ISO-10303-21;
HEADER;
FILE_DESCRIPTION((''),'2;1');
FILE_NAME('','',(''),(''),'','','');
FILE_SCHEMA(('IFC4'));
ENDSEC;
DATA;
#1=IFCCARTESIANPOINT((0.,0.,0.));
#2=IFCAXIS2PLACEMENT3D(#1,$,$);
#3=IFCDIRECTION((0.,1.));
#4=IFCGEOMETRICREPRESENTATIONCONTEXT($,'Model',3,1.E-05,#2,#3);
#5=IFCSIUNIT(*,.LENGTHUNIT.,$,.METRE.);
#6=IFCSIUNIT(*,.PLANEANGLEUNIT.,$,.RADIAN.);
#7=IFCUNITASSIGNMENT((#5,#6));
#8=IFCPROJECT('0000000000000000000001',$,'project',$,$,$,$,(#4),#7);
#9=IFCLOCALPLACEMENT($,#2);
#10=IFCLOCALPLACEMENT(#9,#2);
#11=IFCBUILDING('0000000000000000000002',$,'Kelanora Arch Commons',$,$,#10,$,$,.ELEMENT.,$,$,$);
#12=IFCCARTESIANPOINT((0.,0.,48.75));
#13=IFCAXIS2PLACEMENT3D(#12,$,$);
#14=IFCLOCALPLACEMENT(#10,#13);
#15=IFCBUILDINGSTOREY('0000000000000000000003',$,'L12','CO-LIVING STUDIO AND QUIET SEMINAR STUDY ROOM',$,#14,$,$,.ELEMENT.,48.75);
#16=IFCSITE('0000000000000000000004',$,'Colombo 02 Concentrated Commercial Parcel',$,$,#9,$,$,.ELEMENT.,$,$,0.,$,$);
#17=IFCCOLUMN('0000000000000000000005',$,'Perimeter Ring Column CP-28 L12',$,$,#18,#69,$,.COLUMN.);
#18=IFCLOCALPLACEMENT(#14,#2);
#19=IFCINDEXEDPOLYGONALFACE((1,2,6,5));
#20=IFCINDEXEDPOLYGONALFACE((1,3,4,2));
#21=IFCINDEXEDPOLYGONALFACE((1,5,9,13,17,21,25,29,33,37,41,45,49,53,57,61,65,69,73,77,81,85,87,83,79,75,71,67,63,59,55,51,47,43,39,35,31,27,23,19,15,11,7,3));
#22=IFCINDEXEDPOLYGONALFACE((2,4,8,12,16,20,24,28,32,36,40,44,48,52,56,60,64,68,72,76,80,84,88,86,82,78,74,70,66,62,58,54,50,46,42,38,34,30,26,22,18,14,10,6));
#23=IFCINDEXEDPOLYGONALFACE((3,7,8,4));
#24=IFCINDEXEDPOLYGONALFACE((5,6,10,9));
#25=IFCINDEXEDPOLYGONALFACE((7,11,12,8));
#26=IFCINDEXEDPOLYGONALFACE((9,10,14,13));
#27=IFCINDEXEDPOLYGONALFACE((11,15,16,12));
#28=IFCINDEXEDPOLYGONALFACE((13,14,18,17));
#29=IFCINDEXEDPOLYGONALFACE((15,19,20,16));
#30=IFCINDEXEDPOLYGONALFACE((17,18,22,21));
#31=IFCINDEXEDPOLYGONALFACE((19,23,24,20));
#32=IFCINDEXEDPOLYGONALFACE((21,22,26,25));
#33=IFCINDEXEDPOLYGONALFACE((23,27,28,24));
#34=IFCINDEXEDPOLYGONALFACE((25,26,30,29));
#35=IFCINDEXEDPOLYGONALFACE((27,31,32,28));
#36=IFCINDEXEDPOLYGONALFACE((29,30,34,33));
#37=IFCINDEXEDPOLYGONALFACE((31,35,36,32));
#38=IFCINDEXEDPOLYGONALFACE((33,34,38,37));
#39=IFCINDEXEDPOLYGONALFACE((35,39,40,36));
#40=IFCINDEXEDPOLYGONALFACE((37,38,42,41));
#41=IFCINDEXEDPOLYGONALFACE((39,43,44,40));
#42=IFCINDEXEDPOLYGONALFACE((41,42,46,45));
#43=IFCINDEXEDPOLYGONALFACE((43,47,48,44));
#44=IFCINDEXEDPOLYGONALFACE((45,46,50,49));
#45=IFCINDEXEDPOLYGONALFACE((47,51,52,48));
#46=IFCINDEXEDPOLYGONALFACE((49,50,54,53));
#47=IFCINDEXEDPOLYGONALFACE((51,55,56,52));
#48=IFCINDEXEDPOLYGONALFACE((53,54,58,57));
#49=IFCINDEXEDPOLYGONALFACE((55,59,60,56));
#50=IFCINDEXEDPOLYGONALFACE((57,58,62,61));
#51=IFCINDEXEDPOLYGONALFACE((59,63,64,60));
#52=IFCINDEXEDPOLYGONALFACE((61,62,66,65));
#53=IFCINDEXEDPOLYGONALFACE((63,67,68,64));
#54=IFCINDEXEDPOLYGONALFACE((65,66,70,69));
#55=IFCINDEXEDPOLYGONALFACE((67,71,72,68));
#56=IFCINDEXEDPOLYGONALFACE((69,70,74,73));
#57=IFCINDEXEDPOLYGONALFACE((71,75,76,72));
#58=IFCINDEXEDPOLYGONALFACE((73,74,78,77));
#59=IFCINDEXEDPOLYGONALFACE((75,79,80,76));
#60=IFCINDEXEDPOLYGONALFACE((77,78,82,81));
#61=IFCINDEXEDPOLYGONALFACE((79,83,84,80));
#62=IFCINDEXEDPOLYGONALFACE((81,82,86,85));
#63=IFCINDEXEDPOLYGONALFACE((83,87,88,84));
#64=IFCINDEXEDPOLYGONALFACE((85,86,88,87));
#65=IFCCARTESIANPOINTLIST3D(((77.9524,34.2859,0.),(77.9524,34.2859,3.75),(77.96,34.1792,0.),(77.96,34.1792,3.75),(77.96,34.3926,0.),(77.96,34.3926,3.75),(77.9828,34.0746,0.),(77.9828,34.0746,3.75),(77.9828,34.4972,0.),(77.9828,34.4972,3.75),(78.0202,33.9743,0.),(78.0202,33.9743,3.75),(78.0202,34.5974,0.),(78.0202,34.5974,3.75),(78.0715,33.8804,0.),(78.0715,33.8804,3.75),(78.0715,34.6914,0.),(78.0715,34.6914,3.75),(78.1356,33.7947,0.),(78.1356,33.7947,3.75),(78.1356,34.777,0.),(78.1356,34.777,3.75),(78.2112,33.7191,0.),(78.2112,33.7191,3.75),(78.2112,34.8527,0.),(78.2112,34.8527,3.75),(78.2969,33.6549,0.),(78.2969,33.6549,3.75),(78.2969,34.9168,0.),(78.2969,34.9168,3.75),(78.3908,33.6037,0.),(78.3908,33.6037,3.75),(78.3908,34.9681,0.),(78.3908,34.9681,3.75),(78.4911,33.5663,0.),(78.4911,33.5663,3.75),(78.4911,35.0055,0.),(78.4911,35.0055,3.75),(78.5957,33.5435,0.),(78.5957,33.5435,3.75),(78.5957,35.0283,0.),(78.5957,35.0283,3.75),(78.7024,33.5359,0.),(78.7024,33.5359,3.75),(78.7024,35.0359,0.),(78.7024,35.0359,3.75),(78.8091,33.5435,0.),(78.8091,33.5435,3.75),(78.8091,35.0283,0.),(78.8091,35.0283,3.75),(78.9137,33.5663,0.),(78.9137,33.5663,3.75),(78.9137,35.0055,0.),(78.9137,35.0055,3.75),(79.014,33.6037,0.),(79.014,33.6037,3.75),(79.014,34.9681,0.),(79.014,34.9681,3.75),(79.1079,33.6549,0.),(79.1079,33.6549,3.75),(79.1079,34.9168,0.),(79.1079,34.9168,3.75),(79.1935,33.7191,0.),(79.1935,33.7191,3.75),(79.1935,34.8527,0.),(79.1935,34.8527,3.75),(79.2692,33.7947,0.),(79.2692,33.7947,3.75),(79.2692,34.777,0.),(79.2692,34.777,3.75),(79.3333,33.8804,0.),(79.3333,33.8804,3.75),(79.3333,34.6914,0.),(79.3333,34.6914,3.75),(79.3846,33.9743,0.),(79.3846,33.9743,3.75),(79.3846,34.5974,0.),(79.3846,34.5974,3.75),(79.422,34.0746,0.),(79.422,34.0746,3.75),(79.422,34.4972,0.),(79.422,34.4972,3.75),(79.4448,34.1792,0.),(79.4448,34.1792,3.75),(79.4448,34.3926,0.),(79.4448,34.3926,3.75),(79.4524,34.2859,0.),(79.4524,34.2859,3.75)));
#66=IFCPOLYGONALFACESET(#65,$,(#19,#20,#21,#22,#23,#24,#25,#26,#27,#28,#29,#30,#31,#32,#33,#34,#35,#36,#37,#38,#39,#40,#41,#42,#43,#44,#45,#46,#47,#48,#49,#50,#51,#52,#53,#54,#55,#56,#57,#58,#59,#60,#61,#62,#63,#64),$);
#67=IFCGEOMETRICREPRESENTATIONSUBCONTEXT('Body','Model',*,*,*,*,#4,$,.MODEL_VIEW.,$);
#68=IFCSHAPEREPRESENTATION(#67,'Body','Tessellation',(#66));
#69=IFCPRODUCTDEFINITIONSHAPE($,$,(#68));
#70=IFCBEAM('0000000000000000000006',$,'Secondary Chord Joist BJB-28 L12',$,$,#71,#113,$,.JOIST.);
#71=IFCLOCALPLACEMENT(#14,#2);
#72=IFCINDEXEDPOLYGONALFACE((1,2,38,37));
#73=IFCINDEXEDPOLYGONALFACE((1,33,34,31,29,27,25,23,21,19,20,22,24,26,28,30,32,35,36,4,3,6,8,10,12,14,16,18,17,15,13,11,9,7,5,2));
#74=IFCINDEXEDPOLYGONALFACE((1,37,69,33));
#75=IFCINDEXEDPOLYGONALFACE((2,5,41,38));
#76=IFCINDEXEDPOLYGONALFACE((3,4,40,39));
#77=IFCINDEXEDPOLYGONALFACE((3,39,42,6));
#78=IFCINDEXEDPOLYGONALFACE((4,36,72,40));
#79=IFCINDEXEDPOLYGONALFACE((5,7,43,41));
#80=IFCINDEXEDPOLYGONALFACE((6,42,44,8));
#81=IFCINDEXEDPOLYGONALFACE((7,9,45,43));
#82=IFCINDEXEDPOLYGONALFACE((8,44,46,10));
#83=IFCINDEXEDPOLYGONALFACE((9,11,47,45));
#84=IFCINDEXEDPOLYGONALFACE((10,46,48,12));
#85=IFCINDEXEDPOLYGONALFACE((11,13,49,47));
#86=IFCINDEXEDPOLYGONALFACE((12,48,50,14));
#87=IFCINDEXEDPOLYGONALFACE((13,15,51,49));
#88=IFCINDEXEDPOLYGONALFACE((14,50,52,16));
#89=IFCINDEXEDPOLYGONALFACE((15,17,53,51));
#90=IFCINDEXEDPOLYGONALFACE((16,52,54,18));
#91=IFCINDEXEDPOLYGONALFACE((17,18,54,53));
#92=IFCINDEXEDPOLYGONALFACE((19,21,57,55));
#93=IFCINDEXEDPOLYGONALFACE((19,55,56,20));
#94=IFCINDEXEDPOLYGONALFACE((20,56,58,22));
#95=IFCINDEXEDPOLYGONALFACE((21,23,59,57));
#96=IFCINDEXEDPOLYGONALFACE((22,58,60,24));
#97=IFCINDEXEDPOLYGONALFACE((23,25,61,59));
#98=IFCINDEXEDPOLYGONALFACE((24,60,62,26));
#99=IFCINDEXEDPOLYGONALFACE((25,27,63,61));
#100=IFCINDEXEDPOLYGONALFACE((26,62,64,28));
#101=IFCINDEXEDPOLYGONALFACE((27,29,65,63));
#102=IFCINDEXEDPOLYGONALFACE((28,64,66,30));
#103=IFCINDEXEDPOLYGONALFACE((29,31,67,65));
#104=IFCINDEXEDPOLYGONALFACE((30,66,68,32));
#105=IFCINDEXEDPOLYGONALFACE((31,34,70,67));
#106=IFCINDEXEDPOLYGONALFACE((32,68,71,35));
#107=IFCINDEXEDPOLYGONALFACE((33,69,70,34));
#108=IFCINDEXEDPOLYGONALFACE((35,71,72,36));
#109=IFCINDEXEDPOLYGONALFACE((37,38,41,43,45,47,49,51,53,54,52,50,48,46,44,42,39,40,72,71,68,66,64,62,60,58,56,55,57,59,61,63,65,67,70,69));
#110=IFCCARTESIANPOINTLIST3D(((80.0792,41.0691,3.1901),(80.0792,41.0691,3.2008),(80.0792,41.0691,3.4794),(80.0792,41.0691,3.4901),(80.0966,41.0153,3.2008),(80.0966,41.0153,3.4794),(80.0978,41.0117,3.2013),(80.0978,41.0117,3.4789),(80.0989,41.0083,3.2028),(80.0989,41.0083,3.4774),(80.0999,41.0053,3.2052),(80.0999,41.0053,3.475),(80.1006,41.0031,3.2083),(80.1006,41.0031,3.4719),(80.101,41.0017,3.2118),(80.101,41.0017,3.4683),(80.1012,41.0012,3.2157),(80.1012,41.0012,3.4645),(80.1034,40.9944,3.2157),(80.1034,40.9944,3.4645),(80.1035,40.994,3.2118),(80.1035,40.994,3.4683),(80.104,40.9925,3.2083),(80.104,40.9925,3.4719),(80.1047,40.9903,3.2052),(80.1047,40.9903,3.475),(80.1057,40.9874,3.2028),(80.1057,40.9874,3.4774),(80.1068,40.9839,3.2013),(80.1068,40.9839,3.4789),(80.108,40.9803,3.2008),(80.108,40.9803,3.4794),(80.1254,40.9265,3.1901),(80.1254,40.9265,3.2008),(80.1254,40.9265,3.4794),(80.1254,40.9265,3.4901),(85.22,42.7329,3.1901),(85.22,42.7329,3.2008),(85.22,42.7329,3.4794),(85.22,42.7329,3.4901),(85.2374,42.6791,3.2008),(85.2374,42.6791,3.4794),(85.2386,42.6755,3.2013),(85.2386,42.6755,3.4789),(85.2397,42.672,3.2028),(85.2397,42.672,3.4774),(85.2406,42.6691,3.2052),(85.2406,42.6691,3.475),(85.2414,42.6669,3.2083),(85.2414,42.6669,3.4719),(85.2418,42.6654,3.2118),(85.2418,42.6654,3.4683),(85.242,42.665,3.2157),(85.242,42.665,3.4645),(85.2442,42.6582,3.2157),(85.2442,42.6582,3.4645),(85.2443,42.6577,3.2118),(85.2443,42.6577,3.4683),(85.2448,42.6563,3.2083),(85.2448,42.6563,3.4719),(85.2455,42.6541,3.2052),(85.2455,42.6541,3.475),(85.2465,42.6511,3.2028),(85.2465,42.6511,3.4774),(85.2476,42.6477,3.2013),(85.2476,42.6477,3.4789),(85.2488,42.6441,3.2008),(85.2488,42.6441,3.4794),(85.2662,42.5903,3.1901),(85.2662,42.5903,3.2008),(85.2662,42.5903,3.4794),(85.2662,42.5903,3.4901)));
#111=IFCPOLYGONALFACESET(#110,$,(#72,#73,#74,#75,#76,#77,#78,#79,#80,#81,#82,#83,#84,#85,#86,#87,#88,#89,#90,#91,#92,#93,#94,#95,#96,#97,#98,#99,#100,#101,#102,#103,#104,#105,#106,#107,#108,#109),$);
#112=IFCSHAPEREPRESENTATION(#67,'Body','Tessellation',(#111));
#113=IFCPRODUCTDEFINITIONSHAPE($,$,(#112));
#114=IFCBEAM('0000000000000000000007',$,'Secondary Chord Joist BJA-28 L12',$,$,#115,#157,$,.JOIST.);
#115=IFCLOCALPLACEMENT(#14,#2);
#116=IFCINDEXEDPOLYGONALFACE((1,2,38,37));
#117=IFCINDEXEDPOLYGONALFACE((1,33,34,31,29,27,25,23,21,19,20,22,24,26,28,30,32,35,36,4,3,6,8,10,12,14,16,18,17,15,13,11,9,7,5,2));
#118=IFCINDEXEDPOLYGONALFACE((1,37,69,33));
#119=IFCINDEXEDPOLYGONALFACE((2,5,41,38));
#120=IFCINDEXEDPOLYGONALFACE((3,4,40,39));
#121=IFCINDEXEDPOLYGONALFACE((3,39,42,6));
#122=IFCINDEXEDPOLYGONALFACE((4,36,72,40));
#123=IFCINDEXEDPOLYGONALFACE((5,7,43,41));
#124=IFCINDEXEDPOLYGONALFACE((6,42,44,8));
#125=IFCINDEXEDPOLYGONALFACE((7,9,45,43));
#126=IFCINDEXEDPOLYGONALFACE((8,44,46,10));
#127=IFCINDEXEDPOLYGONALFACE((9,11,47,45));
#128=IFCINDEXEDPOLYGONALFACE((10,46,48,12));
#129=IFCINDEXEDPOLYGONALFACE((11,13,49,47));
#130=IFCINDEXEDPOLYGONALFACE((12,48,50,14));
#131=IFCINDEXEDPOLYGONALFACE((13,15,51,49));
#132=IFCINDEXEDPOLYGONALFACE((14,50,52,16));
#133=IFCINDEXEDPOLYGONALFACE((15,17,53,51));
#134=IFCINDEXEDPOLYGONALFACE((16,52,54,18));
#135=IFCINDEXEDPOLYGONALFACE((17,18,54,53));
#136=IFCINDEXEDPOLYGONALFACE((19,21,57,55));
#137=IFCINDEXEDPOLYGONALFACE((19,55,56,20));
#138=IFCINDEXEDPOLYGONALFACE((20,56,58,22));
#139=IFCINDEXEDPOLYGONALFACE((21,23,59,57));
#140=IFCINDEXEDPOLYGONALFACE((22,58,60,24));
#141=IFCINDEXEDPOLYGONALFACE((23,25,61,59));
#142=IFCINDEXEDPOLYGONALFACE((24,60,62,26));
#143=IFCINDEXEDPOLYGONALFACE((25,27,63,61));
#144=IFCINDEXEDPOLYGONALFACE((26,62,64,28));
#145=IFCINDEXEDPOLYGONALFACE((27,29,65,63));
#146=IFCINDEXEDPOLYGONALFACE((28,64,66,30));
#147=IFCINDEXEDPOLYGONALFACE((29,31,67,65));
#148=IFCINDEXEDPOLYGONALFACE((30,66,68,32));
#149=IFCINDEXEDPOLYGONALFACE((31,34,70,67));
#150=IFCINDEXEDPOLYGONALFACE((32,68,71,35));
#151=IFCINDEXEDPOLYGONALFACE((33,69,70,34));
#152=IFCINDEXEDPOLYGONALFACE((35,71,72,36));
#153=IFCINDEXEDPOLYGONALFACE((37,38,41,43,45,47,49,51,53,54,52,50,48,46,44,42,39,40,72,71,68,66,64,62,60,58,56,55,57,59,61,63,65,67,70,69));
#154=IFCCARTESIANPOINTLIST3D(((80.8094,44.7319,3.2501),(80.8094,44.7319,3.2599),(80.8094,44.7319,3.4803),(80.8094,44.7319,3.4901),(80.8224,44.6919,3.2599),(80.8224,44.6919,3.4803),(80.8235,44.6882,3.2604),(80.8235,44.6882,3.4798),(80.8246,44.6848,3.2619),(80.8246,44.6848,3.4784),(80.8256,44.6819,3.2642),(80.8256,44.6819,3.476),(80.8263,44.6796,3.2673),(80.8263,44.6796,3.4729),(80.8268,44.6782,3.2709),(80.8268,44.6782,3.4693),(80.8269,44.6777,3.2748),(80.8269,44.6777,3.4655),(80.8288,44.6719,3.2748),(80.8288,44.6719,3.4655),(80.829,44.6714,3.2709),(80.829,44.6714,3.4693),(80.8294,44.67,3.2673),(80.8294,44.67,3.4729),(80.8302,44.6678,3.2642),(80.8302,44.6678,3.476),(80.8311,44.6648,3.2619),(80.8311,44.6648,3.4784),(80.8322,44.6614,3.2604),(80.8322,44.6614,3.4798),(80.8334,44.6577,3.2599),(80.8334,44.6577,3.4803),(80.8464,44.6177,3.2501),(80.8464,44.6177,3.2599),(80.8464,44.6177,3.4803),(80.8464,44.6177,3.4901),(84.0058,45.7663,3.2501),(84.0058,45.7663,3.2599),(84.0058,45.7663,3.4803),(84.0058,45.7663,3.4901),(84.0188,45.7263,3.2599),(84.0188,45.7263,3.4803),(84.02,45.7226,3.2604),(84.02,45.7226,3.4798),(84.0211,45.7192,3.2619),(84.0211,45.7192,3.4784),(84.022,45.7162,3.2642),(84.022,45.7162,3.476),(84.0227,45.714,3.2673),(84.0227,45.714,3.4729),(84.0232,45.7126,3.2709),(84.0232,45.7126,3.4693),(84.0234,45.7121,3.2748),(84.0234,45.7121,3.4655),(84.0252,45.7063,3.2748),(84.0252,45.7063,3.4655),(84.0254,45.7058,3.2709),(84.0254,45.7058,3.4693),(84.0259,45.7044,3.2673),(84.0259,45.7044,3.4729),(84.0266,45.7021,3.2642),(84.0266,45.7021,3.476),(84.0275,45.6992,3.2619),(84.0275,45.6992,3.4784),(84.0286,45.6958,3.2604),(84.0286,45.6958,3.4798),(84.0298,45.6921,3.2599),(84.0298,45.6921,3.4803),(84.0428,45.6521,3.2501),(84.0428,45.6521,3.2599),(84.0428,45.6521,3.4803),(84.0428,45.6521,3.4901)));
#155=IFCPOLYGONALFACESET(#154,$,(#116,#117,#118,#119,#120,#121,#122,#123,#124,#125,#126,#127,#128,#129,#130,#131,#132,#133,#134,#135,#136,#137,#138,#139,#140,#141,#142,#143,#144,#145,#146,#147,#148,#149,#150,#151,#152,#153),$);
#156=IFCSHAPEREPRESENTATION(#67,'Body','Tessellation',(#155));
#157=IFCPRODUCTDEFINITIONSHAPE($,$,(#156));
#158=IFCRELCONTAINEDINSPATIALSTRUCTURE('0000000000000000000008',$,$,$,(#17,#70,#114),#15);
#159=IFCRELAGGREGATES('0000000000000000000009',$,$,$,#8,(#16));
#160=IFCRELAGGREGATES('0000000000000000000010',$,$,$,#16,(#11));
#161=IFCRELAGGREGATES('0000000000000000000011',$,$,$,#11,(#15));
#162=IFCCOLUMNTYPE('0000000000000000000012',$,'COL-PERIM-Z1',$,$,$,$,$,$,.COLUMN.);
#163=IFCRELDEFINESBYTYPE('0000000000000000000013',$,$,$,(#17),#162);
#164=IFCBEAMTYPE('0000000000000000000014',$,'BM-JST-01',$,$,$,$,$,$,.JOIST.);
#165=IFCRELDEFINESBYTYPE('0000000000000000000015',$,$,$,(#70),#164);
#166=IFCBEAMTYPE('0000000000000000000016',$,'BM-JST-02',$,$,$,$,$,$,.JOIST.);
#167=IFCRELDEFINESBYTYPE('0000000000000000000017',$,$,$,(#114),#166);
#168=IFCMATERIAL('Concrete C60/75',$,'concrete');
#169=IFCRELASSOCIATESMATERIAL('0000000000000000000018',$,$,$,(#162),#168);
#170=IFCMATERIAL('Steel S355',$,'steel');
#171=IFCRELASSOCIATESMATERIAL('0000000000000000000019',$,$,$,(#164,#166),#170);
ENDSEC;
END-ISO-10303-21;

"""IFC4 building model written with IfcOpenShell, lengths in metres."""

from ifc_helpers import new_model, si_unit, direction, frame, origin, origin_2d, place, context, subcontext, project, spatial, circle, i_section, extrude, material, material_profile, profile_set, type_object, element, save


model = new_model("IFC4")

# Units and contexts
model_context = context("Model", 3, precision=1e-05, world=origin(), true_north=direction((0.0, 1.0)))
body_context = subcontext(model_context, "Body", "Model", "MODEL_VIEW")
ifc_project = project(units=[si_unit("LENGTHUNIT", "METRE"), si_unit("PLANEANGLEUNIT", "RADIAN")], contexts=[model_context])

# Site, building, storey
site_placement = place(None, origin())
site = spatial("IfcSite", under=ifc_project, at=site_placement, Name="Colombo 02 Concentrated Commercial Parcel", CompositionType="ELEMENT", RefElevation=0.0)
building_placement = place(site_placement, origin())
building = spatial("IfcBuilding", under=site, at=building_placement, Name="Kelanora Arch Commons", CompositionType="ELEMENT")
storey_placement = place(building_placement, frame((0.0, 0.0, 48.75)))
storey = spatial("IfcBuildingStorey", under=building, at=storey_placement, Name="L12", Description="CO-LIVING STUDIO AND QUIET SEMINAR STUDY ROOM", CompositionType="ELEMENT", Elevation=48.75)

# Column
ifc_material_1 = material(Name="Concrete C60/75", Category="concrete")
ifc_material_profile_1 = material_profile(ifc_material_1, circle(Radius=0.75, at=origin_2d()), Name="RCC1500")
ifc_profile_set_1 = profile_set([ifc_material_profile_1], Name="Concrete C60/75")
column_type = type_object("IfcColumnType", Name="COL-PERIM-Z1", PredefinedType="COLUMN", material=ifc_profile_set_1)
column_placement = place(storey_placement, frame((78.7024, 34.2859, 0.0), z_axis=(0.0, 0.0, 1.0), x_axis=(1.0, 0.0, 0.0)))
element("IfcColumn", 1, at=column_placement, inside=storey, type_object=column_type, Name="Perimeter Ring Column CP-28 L12", PredefinedType="COLUMN", context=body_context, shape_type="SweptSolid", body=[
    extrude(circle(Radius=0.75, at=origin_2d()), origin(), (0.0, 0.0, 1.0), 3.75),
])

# Beams
ifc_material_2 = material(Name="Steel S355", Category="steel")
ifc_material_profile_2 = material_profile(ifc_material_2, i_section(OverallWidth=0.1499, OverallDepth=0.3, WebThickness=0.0071, FlangeThickness=0.0107, FilletRadius=0.0149, at=origin_2d()), Name="IPE300")
ifc_profile_set_2 = profile_set([ifc_material_profile_2], Name="Steel S355")
beam_type_1 = type_object("IfcBeamType", Name="BM-JST-01", PredefinedType="JOIST", material=ifc_profile_set_2)
beam_1_placement = place(storey_placement, frame((80.1023, 40.9978, 3.3401), z_axis=(0.951412, 0.30792, 0.0), x_axis=(-0.30792, 0.951412, 0.0)))
element("IfcBeam", 2, at=beam_1_placement, inside=storey, type_object=beam_type_1, Name="Secondary Chord Joist BJB-28 L12", PredefinedType="JOIST", context=body_context, shape_type="SweptSolid", body=[
    extrude(i_section(OverallWidth=0.1499, OverallDepth=0.3, WebThickness=0.0071, FlangeThickness=0.0107, FilletRadius=0.0149, at=origin_2d()), origin(), (0.0, 0.0, 1.0), 5.4033),
])
ifc_material_profile_3 = material_profile(ifc_material_2, i_section(OverallWidth=0.1201, OverallDepth=0.24, WebThickness=0.0061, FlangeThickness=0.0098, FilletRadius=0.0149, at=origin_2d()), Name="IPE240")
ifc_profile_set_3 = profile_set([ifc_material_profile_3], Name="Steel S355")
beam_type_2 = type_object("IfcBeamType", Name="BM-JST-02", PredefinedType="JOIST", material=ifc_profile_set_3)
beam_2_placement = place(storey_placement, frame((80.8279, 44.6748, 3.3701), z_axis=(0.951423, 0.307888, 0.0), x_axis=(-0.307888, 0.951423, 0.0)))
element("IfcBeam", 3, at=beam_2_placement, inside=storey, type_object=beam_type_2, Name="Secondary Chord Joist BJA-28 L12", PredefinedType="JOIST", context=body_context, shape_type="SweptSolid", body=[
    extrude(i_section(OverallWidth=0.1201, OverallDepth=0.24, WebThickness=0.0061, FlangeThickness=0.0098, FilletRadius=0.0149, at=origin_2d()), origin(), (0.0, 0.0, 1.0), 3.3596),
])

save(model, "model.ifc")
